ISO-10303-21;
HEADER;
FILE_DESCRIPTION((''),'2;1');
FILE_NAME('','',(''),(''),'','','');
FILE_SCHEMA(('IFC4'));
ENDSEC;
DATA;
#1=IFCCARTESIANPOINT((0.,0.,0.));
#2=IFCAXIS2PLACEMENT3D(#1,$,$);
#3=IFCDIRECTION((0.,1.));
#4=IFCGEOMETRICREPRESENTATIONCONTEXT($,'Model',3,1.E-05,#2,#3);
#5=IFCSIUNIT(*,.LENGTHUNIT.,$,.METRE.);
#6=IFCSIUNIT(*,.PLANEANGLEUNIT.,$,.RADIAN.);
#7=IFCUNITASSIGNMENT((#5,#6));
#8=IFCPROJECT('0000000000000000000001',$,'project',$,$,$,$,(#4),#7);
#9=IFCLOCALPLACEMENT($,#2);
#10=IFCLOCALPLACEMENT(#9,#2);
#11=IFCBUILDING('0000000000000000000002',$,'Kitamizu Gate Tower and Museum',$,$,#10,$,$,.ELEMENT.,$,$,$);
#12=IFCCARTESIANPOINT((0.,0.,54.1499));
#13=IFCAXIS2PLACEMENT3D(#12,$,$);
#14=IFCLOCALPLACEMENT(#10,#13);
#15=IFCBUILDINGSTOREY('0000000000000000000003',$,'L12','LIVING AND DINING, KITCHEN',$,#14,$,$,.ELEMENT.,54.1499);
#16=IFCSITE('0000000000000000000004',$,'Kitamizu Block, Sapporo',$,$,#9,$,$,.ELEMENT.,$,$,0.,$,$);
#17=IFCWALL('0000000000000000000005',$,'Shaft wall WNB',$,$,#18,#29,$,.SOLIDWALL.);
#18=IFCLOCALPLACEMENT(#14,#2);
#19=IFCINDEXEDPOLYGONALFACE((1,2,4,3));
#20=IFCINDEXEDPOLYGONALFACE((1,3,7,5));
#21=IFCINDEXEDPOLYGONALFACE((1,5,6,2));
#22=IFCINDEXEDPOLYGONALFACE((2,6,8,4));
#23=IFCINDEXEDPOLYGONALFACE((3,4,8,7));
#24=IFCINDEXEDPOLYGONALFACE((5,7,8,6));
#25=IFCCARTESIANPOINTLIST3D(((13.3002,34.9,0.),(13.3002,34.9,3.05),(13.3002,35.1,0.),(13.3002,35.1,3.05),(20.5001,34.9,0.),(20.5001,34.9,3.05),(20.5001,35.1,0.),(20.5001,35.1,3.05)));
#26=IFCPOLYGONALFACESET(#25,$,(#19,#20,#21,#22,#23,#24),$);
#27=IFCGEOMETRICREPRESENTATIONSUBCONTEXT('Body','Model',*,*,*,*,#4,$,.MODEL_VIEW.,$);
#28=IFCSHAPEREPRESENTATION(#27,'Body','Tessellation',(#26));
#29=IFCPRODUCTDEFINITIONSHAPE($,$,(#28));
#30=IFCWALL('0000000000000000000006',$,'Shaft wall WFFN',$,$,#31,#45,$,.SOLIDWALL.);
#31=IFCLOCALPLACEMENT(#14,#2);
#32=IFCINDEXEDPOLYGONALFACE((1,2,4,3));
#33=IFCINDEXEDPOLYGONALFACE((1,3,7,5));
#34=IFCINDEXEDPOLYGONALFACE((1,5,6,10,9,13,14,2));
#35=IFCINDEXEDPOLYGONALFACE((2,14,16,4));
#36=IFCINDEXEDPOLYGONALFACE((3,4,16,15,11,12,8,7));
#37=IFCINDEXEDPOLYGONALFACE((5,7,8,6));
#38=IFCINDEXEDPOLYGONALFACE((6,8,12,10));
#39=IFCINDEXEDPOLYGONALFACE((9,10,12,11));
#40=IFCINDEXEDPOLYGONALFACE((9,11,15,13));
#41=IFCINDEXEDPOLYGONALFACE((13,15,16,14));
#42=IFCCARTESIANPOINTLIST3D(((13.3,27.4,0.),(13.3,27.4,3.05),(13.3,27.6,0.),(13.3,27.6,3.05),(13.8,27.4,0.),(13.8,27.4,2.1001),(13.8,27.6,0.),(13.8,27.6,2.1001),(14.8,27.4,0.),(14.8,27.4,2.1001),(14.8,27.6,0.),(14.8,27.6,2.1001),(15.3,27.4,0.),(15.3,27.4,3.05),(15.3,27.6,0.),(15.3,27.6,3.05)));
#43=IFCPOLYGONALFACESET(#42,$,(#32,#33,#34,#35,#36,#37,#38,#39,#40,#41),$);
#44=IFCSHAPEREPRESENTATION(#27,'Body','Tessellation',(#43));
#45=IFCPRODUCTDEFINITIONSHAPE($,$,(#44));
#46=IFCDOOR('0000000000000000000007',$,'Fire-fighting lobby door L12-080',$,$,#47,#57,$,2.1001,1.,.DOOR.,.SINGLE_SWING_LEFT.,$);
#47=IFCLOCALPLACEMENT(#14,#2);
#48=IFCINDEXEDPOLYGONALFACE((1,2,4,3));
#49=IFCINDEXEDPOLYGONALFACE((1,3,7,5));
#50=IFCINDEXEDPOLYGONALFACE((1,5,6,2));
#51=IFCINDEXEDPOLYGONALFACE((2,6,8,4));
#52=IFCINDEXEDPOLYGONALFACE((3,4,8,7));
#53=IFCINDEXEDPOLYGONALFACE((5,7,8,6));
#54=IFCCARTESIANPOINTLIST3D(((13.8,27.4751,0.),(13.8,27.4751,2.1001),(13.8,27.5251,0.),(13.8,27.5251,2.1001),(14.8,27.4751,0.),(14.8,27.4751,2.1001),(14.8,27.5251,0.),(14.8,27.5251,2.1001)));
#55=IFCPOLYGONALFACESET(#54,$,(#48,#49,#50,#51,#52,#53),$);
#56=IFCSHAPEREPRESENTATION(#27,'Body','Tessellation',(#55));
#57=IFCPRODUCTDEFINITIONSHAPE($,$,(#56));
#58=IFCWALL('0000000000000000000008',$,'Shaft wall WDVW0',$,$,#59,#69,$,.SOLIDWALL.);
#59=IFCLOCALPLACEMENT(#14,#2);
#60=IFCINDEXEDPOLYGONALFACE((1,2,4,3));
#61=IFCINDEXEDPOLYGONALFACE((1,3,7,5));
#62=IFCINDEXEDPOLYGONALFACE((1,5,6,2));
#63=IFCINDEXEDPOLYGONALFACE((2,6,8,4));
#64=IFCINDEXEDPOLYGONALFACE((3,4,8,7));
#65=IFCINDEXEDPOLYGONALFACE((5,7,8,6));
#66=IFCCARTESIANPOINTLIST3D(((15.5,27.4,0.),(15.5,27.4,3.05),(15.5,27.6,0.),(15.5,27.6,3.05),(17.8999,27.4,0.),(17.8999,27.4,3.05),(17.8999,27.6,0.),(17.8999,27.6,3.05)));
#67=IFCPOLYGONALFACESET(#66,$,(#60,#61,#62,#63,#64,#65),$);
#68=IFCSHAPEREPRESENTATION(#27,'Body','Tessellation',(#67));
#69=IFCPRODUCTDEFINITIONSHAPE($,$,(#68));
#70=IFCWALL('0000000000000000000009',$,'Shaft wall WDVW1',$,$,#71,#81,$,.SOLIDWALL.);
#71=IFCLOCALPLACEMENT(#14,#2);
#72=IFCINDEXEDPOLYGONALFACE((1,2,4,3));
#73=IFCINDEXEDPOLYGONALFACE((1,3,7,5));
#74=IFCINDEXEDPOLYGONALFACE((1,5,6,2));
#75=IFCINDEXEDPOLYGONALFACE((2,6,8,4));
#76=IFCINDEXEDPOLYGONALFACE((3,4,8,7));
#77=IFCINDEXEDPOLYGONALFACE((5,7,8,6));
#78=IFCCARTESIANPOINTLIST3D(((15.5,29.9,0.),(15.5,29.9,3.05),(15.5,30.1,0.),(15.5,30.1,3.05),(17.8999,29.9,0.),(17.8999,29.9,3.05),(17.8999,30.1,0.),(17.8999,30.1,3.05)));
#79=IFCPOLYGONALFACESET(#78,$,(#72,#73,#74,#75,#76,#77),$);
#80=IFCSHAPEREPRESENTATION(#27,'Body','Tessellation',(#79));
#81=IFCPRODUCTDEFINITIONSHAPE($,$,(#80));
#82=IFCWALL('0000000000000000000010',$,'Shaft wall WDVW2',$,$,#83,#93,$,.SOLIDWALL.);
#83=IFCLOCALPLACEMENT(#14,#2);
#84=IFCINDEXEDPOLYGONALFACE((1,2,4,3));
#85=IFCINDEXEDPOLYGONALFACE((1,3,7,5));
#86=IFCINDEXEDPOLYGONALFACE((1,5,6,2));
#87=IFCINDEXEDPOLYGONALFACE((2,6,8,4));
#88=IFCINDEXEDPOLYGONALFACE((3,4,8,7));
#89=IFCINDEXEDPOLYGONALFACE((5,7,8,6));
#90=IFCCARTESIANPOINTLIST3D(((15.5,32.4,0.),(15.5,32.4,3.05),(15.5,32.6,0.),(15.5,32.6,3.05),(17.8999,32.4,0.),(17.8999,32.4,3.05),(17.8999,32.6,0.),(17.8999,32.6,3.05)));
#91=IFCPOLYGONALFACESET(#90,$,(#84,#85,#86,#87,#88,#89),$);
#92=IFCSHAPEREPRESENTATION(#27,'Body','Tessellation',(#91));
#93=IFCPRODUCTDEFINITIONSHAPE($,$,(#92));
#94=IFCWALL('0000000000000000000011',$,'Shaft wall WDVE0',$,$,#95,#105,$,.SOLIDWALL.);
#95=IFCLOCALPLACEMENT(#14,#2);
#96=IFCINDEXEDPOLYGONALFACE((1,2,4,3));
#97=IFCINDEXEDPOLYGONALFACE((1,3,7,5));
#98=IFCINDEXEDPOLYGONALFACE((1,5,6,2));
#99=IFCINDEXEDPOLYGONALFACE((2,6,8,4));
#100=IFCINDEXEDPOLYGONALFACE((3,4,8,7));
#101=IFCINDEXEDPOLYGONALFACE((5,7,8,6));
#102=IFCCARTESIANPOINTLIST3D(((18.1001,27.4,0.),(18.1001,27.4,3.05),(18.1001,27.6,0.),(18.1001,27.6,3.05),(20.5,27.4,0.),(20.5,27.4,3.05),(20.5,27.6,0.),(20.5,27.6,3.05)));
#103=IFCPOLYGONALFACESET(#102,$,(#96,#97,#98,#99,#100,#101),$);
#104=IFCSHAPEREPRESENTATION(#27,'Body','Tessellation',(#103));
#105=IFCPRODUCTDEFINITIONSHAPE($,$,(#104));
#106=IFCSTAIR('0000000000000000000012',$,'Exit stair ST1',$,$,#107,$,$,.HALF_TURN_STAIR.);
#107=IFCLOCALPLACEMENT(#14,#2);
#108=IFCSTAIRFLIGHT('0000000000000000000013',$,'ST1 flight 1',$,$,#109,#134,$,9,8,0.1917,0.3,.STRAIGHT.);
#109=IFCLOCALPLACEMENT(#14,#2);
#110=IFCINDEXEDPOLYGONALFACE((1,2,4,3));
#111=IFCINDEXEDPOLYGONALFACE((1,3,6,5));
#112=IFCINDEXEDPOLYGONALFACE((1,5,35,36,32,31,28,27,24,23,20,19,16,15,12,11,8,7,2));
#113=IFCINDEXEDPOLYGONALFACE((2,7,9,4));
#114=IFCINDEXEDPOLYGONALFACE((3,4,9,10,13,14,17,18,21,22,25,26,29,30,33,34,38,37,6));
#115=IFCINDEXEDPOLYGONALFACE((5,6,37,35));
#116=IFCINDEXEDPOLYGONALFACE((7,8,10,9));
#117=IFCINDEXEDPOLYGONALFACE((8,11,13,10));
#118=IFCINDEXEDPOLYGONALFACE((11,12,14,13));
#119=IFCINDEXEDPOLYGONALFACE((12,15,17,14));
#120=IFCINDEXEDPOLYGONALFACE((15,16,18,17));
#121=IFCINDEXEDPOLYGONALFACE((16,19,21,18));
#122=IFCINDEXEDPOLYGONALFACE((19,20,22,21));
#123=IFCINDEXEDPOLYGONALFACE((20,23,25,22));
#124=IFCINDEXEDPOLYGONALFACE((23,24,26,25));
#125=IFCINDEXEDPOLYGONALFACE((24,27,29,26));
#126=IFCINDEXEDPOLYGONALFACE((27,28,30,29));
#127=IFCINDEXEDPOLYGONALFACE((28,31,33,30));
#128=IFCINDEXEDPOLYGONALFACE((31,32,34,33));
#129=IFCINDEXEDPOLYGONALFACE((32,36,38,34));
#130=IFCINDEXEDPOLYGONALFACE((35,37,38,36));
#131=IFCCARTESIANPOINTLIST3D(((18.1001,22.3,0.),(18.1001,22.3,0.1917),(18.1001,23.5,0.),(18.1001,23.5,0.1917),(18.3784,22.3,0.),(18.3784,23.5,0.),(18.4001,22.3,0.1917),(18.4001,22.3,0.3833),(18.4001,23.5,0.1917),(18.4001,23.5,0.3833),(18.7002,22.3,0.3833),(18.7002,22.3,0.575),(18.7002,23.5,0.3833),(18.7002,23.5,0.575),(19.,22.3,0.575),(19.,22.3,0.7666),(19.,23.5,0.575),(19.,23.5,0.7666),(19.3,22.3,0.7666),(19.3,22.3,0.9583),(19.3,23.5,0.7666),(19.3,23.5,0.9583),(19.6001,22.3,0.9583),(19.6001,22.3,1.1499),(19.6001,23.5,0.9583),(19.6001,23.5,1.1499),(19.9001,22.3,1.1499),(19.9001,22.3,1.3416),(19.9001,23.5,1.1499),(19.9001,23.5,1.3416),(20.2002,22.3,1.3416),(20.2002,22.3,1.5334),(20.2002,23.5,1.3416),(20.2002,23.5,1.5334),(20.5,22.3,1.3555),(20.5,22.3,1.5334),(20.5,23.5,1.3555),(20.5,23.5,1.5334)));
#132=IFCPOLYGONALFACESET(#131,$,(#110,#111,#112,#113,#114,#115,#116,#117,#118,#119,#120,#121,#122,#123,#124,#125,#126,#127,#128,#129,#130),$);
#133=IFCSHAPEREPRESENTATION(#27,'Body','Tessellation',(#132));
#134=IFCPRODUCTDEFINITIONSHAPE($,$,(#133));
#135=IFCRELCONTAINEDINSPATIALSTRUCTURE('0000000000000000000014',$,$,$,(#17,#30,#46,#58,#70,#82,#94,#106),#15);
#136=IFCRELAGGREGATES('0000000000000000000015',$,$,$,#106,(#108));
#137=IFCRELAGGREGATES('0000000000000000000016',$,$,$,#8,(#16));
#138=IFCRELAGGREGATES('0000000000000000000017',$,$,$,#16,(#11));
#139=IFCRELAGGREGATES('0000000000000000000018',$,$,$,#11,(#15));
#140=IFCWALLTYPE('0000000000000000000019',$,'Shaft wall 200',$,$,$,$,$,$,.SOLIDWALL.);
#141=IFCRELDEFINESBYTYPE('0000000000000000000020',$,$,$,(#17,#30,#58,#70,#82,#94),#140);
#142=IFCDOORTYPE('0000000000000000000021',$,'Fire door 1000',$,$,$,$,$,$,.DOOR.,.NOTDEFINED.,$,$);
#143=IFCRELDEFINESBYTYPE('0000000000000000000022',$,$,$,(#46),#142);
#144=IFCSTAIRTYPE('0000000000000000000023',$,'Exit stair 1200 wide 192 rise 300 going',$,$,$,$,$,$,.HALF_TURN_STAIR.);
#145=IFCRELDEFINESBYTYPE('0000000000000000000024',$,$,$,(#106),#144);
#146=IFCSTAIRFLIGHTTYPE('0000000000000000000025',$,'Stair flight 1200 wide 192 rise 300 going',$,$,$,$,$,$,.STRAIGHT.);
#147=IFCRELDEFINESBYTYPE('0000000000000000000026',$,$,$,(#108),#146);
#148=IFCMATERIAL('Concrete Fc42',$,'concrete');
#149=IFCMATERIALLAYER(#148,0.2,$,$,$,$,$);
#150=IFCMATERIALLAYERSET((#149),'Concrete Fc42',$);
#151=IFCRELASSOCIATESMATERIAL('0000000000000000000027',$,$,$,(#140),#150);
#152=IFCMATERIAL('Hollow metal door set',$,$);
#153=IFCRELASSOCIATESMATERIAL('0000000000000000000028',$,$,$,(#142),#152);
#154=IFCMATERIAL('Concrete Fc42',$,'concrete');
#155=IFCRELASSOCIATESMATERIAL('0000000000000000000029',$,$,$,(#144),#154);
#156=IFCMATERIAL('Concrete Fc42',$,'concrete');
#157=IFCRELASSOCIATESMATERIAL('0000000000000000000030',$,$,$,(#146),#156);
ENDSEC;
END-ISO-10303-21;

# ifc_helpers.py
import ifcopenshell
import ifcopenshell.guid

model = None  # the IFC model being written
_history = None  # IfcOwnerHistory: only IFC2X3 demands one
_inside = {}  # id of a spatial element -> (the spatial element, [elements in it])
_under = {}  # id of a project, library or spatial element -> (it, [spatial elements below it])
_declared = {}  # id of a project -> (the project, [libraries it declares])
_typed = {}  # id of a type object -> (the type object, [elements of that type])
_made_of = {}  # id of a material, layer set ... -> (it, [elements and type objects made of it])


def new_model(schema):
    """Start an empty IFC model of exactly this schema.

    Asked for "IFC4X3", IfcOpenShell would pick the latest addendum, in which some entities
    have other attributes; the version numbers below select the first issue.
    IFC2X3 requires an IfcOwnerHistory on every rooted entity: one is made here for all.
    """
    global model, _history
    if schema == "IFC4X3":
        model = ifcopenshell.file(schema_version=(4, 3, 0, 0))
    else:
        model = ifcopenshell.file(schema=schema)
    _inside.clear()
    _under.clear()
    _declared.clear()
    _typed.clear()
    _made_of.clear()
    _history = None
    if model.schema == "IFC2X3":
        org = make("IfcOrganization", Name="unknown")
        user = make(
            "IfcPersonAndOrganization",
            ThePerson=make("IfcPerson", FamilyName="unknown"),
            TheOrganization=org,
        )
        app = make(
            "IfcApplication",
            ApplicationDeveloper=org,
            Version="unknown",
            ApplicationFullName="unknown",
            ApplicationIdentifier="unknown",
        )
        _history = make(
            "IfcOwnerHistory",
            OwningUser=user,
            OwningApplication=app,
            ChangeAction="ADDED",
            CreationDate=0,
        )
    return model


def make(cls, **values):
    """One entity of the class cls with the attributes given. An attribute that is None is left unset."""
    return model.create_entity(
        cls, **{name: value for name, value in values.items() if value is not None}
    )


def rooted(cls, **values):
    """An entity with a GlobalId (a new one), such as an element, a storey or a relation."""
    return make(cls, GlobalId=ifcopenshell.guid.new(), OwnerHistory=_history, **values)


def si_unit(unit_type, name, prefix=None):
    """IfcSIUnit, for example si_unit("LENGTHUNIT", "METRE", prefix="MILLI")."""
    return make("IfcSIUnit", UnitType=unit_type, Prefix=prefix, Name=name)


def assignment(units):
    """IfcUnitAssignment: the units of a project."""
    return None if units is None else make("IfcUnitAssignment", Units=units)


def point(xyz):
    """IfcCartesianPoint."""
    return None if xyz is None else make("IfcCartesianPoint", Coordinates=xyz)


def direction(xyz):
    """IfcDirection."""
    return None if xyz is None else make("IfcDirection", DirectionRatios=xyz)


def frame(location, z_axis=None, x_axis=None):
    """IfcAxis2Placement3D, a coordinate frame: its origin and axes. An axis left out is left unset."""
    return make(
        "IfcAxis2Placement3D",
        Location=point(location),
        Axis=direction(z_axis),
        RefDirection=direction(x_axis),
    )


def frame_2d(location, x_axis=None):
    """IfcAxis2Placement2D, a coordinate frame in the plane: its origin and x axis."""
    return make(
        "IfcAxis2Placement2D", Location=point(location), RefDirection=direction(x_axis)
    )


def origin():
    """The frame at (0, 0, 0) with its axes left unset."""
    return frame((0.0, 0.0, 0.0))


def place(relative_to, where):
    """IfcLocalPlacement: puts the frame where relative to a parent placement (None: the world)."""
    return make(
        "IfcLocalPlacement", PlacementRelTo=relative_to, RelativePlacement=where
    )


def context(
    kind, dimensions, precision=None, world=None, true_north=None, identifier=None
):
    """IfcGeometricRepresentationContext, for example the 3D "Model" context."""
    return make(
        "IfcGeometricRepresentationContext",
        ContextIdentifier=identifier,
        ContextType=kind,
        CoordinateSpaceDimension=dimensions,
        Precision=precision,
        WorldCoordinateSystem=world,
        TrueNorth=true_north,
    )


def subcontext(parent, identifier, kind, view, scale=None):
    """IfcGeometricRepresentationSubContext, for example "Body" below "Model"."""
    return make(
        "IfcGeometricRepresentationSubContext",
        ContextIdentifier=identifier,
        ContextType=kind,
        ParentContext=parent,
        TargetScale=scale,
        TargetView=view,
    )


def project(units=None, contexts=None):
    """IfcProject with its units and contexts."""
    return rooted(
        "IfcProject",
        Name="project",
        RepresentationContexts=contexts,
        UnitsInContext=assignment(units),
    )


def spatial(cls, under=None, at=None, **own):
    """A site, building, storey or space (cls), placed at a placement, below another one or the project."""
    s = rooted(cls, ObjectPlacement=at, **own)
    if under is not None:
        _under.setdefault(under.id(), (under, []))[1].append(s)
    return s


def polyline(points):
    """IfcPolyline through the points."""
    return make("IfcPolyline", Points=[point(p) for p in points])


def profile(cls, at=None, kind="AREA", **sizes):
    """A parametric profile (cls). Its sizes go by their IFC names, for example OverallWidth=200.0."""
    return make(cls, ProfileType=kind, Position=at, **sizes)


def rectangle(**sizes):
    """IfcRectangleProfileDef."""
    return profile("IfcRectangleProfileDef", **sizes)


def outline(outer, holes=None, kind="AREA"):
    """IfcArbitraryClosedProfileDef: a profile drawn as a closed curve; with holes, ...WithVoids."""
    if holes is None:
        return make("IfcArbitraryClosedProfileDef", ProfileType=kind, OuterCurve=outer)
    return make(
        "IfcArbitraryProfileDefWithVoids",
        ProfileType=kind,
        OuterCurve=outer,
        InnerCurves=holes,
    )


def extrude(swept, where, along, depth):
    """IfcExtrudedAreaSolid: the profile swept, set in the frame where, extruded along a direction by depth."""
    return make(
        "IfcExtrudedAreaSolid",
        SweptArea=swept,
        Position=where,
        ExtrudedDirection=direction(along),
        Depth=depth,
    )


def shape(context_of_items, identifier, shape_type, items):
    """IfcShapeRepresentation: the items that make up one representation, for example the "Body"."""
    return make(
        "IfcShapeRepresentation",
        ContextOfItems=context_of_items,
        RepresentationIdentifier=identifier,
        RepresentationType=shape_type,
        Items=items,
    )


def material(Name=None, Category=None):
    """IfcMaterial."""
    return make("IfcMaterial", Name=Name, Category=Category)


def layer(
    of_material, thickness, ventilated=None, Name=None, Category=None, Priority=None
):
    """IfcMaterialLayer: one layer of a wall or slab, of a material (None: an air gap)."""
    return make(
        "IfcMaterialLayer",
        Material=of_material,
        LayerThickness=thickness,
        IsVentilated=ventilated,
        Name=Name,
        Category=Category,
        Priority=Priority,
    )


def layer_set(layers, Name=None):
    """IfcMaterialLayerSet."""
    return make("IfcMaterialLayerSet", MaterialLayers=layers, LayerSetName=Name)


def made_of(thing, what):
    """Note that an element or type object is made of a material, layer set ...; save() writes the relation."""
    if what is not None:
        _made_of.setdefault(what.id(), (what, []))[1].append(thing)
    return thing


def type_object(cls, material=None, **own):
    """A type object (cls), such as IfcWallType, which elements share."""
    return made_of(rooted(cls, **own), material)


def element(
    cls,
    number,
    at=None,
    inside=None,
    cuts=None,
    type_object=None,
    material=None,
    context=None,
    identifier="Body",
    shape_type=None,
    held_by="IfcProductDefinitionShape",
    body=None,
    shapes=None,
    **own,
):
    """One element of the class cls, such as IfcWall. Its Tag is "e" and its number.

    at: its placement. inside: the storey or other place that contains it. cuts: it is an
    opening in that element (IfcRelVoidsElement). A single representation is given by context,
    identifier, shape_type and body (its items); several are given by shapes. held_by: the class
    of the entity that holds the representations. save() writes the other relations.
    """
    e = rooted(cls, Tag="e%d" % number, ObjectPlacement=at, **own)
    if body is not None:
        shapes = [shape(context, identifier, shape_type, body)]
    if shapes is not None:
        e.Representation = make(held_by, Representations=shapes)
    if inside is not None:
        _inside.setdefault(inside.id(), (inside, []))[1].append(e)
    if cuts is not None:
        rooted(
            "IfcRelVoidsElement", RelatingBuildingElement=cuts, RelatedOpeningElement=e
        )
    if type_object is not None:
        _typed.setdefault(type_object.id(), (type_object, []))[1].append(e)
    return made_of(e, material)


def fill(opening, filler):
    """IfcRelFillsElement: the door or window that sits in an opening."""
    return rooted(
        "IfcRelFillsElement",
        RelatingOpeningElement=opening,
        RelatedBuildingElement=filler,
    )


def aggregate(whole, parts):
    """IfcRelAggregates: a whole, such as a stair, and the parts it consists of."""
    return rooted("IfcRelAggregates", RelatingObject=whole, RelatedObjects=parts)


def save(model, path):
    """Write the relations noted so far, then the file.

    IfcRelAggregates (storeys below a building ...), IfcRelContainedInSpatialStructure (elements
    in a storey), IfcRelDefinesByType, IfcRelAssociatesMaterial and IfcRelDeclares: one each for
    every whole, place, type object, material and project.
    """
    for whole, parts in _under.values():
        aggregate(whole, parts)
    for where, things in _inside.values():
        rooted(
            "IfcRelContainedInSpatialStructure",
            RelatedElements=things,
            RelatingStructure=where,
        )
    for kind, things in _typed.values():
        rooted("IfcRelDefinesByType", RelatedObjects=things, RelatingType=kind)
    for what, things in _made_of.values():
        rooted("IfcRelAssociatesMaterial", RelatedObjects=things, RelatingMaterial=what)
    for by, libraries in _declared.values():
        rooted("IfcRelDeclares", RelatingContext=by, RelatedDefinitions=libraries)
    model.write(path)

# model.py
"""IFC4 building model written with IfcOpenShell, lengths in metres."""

from ifc_helpers import new_model, si_unit, direction, frame, frame_2d, origin, place, context, subcontext, project, spatial, polyline, rectangle, outline, extrude, material, layer, layer_set, type_object, element, fill, aggregate, save


model = new_model("IFC4")

# Units and contexts
model_context = context("Model", 3, precision=1e-05, world=origin(), true_north=direction((0.0, 1.0)))
body_context = subcontext(model_context, "Body", "Model", "MODEL_VIEW")
ifc_project = project(units=[si_unit("LENGTHUNIT", "METRE"), si_unit("PLANEANGLEUNIT", "RADIAN")], contexts=[model_context])

# Site, building, storey
site_placement = place(None, origin())
site = spatial("IfcSite", under=ifc_project, at=site_placement, Name="Kitamizu Block, Sapporo", CompositionType="ELEMENT", RefElevation=0.0)
building_placement = place(site_placement, origin())
building = spatial("IfcBuilding", under=site, at=building_placement, Name="Kitamizu Gate Tower and Museum", CompositionType="ELEMENT")
storey_placement = place(building_placement, frame((0.0, 0.0, 54.1499)))
storey = spatial("IfcBuildingStorey", under=building, at=storey_placement, Name="L12", Description="LIVING AND DINING, KITCHEN", CompositionType="ELEMENT", Elevation=54.1499)

# Wall
ifc_material_1 = material(Name="Concrete Fc42", Category="concrete")
ifc_layer_1 = layer(ifc_material_1, 0.2)
ifc_layer_set_1 = layer_set([ifc_layer_1], Name="Concrete Fc42")
wall_type_1 = type_object("IfcWallType", Name="Shaft wall 200", PredefinedType="SOLIDWALL", material=ifc_layer_set_1)
for number, where, z_axis, x_axis, name in (
    (1, (13.3, 35.0, 0.0), (0.0, 0.0, 1.0), (1.0, 0.0, 0.0), "Shaft wall WNB"),
):
    element("IfcWall", number, at=place(storey_placement, frame(where, z_axis=z_axis, x_axis=x_axis)), inside=storey, type_object=wall_type_1, Name=name, PredefinedType="SOLIDWALL", context=body_context, shape_type="SweptSolid", body=[
        extrude(rectangle(XDim=7.2, YDim=0.2, at=frame_2d((3.6001, 0.0))), origin(), (0.0, 0.0, 1.0), 3.05),
    ])

# Wall, opening, door
wall_1_placement = place(storey_placement, frame((13.3, 27.5, 0.0), z_axis=(0.0, 0.0, 1.0), x_axis=(1.0, 0.0, 0.0)))
wall_1 = element("IfcWall", 2, at=wall_1_placement, inside=storey, type_object=wall_type_1, Name="Shaft wall WFFN", PredefinedType="SOLIDWALL", context=body_context, shape_type="SweptSolid", body=[
    extrude(rectangle(XDim=2.0, YDim=0.2, at=frame_2d((1.0, 0.0))), origin(), (0.0, 0.0, 1.0), 3.05),
])
opening_1_placement = place(wall_1_placement, frame((0.5, 0.0, 0.0)))
opening_1 = element("IfcOpeningElement", 3, at=opening_1_placement, cuts=wall_1, PredefinedType="OPENING", context=body_context, shape_type="SweptSolid", body=[
    extrude(rectangle(XDim=1.0, YDim=2.1001, at=frame_2d((0.5, 1.05))), frame((0.0, 0.1099, 0.0), z_axis=(0.0, -1.0, 0.0), x_axis=(1.0, 0.0, 0.0)), (0.0, 0.0, 1.0), 0.22),
])
ifc_material_2 = material(Name="Hollow metal door set")
door_type_1 = type_object("IfcDoorType", Name="Fire door 1000", OperationType="NOTDEFINED", PredefinedType="DOOR", material=ifc_material_2)
door_1_placement = place(opening_1_placement, frame((1.0, 0.0, 0.0), x_axis=(-1.0, 0.0, 0.0)))
door_1 = element("IfcDoor", 4, at=door_1_placement, inside=storey, type_object=door_type_1, Name="Fire-fighting lobby door L12-080", OperationType="SINGLE_SWING_LEFT", OverallHeight=2.1001, OverallWidth=1.0, PredefinedType="DOOR", context=body_context, shape_type="SweptSolid", body=[
    extrude(rectangle(XDim=1.0, YDim=2.1001, at=frame_2d((0.5, 1.05))), frame((0.0, 0.0249, 0.0), z_axis=(0.0, -1.0, 0.0), x_axis=(1.0, 0.0, 0.0)), (0.0, 0.0, 1.0), 0.05),
])
fill(opening_1, door_1)

# Walls
for number, where, z_axis, x_axis, name in (
    (5, (15.5, 27.5, 0.0), (0.0, 0.0, 1.0), (1.0, 0.0, 0.0), "Shaft wall WDVW0"),
    (6, (15.5, 30.0, 0.0), (0.0, 0.0, 1.0), (1.0, 0.0, 0.0), "Shaft wall WDVW1"),
    (7, (15.5, 32.5, 0.0), (0.0, 0.0, 1.0), (1.0, 0.0, 0.0), "Shaft wall WDVW2"),
    (8, (18.1001, 27.5, 0.0), (0.0, 0.0, 1.0), (1.0, 0.0, 0.0), "Shaft wall WDVE0"),
):
    element("IfcWall", number, at=place(storey_placement, frame(where, z_axis=z_axis, x_axis=x_axis)), inside=storey, type_object=wall_type_1, Name=name, PredefinedType="SOLIDWALL", context=body_context, shape_type="SweptSolid", body=[
        extrude(rectangle(XDim=2.3999, YDim=0.2, at=frame_2d((1.2, 0.0))), origin(), (0.0, 0.0, 1.0), 3.05),
    ])

# Stair, stair flight
ifc_material_3 = material(Name="Concrete Fc42", Category="concrete")
stair_type = type_object("IfcStairType", Name="Exit stair 1200 wide 192 rise 300 going", PredefinedType="HALF_TURN_STAIR", material=ifc_material_3)
stair_placement = place(storey_placement, origin())
stair = element("IfcStair", 9, at=stair_placement, inside=storey, type_object=stair_type, Name="Exit stair ST1", PredefinedType="HALF_TURN_STAIR")
ifc_material_4 = material(Name="Concrete Fc42", Category="concrete")
stair_flight_type = type_object("IfcStairFlightType", Name="Stair flight 1200 wide 192 rise 300 going", PredefinedType="STRAIGHT", material=ifc_material_4)
stair_flight_placement = place(storey_placement, frame((18.1001, 22.8999, 0.0), z_axis=(0.0, 0.0, 1.0), x_axis=(1.0, 0.0, 0.0)))
stair_flight = element("IfcStairFlight", 10, at=stair_flight_placement, type_object=stair_flight_type, Name="ST1 flight 1", NumberOfRisers=9, NumberOfTreads=8, PredefinedType="STRAIGHT", RiserHeight=0.1917, TreadLength=0.3, context=body_context, shape_type="SweptSolid", body=[
    extrude(outline(polyline([(0.0, 0.0), (0.0, 0.1917), (0.3, 0.1917), (0.3, 0.3833), (0.6001, 0.3833), (0.6001, 0.575), (0.8999, 0.575), (0.8999, 0.7666), (1.2, 0.7666), (1.2, 0.9583), (1.5, 0.9583), (1.5, 1.1499), (1.8, 1.1499), (1.8, 1.3416), (2.1001, 1.3416), (2.1001, 1.5334), (2.3999, 1.5334), (2.3999, 1.7251), (2.3999, 1.3555), (0.2783, 0.0), (0.0, 0.0)])), frame((0.0, 0.6001, 0.0), z_axis=(0.0, -1.0, 0.0), x_axis=(1.0, 0.0, 0.0)), (0.0, 0.0, 1.0), 1.2),
])
aggregate(stair, [stair_flight])

save(model, "model.ifc")
